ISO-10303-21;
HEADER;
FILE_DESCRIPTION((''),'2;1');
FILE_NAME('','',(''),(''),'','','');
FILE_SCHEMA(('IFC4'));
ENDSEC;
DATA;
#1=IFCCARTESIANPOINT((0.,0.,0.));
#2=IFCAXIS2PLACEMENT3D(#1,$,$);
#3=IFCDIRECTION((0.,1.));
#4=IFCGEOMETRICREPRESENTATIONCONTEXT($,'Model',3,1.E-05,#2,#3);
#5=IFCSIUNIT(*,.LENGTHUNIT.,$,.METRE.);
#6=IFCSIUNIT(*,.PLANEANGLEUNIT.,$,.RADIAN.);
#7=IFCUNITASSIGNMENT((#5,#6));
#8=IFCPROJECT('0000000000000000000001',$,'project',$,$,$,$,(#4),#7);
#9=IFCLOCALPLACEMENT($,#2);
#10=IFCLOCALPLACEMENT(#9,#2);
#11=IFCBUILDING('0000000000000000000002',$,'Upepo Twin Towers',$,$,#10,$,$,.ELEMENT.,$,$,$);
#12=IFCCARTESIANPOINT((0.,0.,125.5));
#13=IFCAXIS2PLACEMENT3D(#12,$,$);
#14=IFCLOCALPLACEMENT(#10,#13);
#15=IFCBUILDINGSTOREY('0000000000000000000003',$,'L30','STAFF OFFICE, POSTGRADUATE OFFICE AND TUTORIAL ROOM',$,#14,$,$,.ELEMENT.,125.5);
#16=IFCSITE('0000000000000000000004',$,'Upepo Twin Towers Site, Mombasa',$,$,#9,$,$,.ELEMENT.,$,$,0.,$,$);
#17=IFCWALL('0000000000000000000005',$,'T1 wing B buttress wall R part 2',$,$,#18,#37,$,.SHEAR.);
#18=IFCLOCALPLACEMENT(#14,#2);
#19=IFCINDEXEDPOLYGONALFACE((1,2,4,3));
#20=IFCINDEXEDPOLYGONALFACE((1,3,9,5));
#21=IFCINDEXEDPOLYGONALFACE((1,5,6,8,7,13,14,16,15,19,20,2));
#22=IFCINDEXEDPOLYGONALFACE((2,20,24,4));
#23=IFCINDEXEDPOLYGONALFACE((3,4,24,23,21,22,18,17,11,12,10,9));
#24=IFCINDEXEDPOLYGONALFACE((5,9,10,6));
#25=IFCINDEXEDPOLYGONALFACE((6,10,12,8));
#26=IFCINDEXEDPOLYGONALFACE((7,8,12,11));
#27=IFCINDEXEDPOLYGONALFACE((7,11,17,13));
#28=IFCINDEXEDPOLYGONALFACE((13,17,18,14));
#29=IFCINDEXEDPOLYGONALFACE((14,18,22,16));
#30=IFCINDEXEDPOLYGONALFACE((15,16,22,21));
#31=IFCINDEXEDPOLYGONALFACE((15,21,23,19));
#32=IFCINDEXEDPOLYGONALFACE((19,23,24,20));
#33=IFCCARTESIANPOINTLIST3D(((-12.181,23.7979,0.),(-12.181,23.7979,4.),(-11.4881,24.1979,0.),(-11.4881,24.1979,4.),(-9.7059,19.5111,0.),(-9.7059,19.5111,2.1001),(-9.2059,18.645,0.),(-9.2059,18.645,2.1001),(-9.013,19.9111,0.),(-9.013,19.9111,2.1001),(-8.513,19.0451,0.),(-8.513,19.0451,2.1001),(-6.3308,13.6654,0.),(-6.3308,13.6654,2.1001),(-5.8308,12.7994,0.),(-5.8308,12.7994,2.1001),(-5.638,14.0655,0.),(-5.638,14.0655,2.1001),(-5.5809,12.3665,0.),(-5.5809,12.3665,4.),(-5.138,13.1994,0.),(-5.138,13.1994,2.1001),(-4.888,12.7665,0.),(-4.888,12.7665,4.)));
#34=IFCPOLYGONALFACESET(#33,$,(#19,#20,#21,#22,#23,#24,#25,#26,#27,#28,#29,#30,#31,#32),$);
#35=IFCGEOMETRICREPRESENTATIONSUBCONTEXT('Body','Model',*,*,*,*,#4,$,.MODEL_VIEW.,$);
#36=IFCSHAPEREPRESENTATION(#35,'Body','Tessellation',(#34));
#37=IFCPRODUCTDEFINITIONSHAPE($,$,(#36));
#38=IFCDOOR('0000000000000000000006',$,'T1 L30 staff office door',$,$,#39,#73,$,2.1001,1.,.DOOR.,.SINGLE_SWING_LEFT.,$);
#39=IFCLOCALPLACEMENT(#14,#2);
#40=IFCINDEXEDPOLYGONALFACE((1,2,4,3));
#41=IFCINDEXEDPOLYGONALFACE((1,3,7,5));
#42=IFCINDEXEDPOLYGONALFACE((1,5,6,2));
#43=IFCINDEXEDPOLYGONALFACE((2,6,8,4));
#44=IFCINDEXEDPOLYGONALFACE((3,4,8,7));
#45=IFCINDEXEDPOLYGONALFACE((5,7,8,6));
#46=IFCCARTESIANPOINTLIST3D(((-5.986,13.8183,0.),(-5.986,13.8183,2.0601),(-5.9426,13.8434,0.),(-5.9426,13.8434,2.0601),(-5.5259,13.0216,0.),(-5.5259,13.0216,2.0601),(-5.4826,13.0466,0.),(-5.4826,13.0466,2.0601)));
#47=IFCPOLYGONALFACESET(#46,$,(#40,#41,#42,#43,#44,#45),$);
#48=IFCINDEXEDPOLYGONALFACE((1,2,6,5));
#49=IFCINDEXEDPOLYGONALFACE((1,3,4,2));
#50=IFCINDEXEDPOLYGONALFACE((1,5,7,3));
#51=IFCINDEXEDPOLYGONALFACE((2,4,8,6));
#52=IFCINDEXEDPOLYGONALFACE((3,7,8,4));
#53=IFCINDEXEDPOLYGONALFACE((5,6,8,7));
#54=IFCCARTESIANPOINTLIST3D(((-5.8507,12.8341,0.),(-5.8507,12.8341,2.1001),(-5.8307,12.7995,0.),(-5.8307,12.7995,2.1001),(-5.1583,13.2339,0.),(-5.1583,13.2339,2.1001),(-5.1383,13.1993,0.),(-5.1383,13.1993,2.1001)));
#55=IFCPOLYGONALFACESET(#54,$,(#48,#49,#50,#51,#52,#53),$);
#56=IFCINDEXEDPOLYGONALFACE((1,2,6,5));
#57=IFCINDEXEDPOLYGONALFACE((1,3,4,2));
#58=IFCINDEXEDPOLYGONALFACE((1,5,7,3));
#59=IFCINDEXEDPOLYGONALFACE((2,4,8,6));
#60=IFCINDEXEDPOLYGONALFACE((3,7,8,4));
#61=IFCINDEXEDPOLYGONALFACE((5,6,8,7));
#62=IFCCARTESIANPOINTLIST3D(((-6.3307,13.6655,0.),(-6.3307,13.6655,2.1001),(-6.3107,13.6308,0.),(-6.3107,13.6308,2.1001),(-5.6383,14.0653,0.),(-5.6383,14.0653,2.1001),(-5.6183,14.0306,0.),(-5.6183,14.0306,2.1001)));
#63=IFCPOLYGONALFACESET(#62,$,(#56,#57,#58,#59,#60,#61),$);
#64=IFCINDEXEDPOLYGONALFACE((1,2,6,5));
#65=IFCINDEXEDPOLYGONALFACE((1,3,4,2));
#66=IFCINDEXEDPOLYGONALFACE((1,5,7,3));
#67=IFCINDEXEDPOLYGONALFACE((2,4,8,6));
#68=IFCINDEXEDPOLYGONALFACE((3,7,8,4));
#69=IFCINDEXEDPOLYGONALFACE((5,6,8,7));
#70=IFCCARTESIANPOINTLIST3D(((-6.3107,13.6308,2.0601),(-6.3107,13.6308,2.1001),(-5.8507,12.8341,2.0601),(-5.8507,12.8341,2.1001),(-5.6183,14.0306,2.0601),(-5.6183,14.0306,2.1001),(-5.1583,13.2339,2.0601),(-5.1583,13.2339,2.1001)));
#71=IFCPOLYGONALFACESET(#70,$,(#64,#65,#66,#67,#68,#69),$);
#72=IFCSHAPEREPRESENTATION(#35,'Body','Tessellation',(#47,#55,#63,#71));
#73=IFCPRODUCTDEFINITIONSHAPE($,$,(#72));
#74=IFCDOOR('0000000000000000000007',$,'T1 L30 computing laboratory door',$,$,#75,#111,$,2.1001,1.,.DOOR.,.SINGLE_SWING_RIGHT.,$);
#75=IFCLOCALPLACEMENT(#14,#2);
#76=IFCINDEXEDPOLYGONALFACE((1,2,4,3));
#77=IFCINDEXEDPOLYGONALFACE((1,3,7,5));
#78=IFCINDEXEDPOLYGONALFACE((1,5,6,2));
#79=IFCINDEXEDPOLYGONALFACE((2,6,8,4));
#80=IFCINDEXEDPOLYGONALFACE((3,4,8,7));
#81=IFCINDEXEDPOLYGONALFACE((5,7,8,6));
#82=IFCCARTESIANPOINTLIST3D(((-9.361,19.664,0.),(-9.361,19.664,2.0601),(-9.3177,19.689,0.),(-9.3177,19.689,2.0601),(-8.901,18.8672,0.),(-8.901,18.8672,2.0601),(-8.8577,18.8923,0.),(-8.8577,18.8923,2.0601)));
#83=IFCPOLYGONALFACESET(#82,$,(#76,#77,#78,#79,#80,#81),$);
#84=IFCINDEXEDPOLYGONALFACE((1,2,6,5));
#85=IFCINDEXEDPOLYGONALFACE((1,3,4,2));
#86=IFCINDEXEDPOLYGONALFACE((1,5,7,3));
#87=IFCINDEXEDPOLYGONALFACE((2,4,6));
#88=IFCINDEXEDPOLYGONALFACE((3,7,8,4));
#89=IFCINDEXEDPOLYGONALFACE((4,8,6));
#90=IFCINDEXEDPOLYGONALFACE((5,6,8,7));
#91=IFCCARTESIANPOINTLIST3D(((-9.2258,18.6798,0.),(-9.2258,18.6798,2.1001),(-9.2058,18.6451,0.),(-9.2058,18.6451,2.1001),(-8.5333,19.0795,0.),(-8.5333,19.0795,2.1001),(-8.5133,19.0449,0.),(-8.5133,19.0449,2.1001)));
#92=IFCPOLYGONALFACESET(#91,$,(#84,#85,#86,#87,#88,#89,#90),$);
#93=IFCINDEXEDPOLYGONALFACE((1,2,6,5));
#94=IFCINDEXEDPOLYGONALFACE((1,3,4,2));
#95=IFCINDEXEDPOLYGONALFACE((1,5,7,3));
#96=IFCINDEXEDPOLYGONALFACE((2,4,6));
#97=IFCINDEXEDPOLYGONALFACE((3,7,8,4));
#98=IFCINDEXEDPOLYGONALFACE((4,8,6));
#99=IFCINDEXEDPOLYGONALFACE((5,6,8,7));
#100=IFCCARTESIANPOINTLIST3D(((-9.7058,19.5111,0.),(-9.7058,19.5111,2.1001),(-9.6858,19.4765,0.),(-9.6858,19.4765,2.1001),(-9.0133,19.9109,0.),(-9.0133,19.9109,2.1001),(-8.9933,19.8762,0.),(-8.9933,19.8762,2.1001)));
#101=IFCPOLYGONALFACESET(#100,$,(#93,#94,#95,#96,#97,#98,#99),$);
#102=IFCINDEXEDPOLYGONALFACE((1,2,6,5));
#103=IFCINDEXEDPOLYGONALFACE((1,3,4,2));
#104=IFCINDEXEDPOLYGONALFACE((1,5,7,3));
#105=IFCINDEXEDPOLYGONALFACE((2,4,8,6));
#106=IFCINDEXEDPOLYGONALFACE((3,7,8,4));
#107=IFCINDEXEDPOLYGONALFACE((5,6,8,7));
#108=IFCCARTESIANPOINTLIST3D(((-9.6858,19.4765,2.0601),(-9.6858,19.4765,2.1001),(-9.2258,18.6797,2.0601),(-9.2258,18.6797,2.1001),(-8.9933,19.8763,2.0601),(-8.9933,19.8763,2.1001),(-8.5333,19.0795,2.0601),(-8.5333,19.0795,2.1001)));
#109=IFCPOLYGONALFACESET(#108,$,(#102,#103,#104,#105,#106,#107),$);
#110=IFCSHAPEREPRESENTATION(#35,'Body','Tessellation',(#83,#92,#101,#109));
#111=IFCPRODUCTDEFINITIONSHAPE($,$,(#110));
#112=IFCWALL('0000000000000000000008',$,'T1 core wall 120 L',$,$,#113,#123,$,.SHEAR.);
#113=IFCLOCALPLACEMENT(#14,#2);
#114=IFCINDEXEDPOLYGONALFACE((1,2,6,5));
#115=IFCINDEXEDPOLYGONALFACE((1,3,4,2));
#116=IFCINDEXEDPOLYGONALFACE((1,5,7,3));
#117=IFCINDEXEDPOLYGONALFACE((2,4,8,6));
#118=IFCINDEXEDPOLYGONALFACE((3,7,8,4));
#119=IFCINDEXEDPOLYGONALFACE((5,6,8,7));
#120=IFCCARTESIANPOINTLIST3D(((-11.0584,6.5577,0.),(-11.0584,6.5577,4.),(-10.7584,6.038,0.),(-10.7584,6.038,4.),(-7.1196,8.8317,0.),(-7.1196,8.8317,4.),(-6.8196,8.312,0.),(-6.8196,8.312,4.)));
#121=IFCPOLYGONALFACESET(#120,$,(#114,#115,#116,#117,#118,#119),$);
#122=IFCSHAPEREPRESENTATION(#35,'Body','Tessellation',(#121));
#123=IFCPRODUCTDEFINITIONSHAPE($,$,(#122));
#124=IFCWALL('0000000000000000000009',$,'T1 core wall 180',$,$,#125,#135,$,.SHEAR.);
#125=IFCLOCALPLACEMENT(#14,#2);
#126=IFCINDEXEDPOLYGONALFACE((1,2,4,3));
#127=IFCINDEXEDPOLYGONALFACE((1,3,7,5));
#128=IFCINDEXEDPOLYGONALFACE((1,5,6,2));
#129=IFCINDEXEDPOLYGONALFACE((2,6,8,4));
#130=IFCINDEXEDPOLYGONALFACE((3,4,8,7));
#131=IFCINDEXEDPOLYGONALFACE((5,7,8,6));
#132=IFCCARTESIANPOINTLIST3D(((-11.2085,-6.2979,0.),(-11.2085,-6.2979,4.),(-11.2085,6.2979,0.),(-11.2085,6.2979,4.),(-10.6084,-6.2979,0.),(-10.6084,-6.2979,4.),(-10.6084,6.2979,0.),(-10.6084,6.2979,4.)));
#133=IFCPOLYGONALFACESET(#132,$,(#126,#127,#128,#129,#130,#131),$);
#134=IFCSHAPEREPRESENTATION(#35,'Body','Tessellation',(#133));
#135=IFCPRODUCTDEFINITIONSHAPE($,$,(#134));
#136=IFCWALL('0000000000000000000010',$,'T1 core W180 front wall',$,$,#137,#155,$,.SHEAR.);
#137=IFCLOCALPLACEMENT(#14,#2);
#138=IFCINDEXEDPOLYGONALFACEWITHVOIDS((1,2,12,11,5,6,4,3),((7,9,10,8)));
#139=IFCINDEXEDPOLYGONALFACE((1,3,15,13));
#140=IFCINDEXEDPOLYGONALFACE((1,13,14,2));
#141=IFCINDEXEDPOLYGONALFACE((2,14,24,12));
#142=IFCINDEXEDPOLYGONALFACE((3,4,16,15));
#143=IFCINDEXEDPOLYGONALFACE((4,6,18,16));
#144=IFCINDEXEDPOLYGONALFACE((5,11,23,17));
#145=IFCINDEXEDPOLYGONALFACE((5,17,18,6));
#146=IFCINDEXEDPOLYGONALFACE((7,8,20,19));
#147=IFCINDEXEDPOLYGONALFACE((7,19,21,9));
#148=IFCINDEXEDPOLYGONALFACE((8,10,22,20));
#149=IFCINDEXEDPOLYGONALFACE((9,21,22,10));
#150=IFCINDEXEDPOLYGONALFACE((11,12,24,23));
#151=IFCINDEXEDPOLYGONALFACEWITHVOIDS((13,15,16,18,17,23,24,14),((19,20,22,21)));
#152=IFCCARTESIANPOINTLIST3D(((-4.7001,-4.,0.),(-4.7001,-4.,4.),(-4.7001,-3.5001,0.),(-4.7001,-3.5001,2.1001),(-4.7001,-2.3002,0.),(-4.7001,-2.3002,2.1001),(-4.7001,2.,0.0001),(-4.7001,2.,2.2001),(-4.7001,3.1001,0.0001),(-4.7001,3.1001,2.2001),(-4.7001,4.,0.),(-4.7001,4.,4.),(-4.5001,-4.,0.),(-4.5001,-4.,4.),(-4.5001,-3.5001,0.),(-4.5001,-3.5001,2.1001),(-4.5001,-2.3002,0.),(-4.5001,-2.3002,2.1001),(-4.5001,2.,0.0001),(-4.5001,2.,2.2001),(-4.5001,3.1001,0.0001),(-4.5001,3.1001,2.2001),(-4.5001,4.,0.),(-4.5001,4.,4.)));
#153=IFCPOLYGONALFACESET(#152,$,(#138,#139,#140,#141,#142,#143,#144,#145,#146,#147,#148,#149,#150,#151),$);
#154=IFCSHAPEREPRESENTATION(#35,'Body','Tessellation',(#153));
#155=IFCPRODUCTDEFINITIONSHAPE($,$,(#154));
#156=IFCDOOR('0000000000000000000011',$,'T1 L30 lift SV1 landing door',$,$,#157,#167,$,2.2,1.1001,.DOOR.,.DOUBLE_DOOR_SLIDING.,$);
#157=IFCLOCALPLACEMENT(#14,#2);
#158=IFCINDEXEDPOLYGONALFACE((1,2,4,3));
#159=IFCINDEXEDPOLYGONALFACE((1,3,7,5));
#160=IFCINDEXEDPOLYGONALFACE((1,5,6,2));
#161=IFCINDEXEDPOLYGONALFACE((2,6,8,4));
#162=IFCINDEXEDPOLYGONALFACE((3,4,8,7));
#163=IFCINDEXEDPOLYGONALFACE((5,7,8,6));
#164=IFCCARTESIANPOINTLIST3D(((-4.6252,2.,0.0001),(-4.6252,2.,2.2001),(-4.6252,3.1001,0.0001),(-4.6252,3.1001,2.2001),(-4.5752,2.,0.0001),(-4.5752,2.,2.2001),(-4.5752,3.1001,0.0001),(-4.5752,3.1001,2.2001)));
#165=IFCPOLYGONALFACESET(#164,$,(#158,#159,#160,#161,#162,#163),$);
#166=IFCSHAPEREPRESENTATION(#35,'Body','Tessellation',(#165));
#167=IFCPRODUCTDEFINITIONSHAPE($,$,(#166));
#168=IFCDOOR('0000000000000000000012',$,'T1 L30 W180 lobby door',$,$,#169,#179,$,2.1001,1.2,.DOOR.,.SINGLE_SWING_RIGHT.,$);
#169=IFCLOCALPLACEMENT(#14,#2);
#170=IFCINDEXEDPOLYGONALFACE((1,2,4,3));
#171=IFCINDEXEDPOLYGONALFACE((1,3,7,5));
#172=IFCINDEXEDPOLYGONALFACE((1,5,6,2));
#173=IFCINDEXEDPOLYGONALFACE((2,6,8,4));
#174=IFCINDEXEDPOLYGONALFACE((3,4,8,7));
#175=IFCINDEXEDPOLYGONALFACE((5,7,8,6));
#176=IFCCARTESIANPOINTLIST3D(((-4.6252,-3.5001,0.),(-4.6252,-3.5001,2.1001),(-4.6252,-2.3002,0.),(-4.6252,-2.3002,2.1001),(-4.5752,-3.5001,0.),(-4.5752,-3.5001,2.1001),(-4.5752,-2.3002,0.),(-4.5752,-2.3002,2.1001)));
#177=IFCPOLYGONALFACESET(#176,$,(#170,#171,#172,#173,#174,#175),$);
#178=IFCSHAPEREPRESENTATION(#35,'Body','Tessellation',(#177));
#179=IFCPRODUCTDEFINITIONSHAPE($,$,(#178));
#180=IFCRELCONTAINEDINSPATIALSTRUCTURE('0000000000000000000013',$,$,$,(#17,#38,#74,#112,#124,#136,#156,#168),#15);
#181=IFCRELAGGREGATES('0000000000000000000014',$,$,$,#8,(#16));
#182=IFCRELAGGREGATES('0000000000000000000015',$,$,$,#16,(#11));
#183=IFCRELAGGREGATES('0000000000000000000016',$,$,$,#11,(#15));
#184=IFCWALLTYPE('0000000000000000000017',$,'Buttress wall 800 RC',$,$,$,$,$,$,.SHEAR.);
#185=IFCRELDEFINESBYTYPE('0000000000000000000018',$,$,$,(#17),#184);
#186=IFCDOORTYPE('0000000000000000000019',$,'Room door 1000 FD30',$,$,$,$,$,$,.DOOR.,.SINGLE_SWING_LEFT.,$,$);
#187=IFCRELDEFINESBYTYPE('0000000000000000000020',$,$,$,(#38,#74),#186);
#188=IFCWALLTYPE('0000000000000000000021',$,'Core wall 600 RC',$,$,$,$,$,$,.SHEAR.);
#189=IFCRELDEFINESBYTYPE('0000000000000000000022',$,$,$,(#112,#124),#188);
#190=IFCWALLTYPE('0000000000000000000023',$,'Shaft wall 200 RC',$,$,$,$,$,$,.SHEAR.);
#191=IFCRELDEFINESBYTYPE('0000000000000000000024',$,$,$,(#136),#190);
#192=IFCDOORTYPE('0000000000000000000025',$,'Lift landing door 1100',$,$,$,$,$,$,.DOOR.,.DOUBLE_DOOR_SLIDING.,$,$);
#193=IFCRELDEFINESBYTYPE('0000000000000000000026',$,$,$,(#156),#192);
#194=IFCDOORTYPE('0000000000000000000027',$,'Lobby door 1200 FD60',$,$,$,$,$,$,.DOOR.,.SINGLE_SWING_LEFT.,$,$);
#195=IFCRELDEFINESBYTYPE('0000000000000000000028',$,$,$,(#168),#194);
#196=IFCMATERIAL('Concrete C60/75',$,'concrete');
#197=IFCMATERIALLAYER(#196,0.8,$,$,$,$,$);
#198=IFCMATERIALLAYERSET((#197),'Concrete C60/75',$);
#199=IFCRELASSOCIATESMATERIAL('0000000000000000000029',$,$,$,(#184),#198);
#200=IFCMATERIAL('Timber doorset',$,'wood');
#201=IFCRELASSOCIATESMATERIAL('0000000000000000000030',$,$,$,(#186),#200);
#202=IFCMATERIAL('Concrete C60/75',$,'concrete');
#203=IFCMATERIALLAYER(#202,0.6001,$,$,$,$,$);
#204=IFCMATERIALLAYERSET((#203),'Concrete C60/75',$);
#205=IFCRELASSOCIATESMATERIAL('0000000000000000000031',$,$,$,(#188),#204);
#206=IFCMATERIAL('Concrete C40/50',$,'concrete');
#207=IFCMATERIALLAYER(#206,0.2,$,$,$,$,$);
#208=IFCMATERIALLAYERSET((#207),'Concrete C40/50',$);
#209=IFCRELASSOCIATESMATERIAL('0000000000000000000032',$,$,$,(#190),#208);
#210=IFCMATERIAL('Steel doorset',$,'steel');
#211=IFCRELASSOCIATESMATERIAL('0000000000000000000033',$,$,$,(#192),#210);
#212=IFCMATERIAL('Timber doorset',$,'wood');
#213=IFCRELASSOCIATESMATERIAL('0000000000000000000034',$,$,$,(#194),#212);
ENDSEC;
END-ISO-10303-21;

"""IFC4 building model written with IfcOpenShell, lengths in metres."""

from ifc_helpers import new_model, si_unit, direction, frame, frame_2d, origin, place, context, subcontext, project, spatial, rectangle, extrude, material, layer, layer_set, type_object, element, fill, save


model = new_model("IFC4")

# Units and contexts
model_context = context("Model", 3, precision=1e-05, world=origin(), true_north=direction((0.0, 1.0)))
body_context = subcontext(model_context, "Body", "Model", "MODEL_VIEW")
ifc_project = project(units=[si_unit("LENGTHUNIT", "METRE"), si_unit("PLANEANGLEUNIT", "RADIAN")], contexts=[model_context])

# Site, building, storey
site_placement = place(None, origin())
site = spatial("IfcSite", under=ifc_project, at=site_placement, Name="Upepo Twin Towers Site, Mombasa", CompositionType="ELEMENT", RefElevation=0.0)
building_placement = place(site_placement, origin())
building = spatial("IfcBuilding", under=site, at=building_placement, Name="Upepo Twin Towers", CompositionType="ELEMENT")
storey_placement = place(building_placement, frame((0.0, 0.0, 125.5)))
storey = spatial("IfcBuildingStorey", under=building, at=storey_placement, Name="L30", Description="STAFF OFFICE, POSTGRADUATE OFFICE AND TUTORIAL ROOM", CompositionType="ELEMENT", Elevation=125.5)

# Wall, openings, doors
ifc_material_1 = material(Name="Concrete C60/75", Category="concrete")
ifc_layer_1 = layer(ifc_material_1, 0.8)
ifc_layer_set_1 = layer_set([ifc_layer_1], Name="Concrete C60/75")
wall_type_1 = type_object("IfcWallType", Name="Buttress wall 800 RC", PredefinedType="SHEAR", material=ifc_layer_set_1)
ifc_material_2 = material(Name="Timber doorset", Category="wood")
door_type_1 = type_object("IfcDoorType", Name="Room door 1000 FD30", OperationType="SINGLE_SWING_LEFT", PredefinedType="DOOR", material=ifc_material_2)
wall_1_placement = place(storey_placement, frame((-5.2344, 12.5664, 0.0), z_axis=(0.0, 0.0, 1.0), x_axis=(-0.50001, 0.86602, 0.0)))
wall_1 = element("IfcWall", 1, at=wall_1_placement, inside=storey, type_object=wall_type_1, Name="T1 wing B buttress wall R part 2", PredefinedType="SHEAR", context=body_context, shape_type="SweptSolid", body=[
    extrude(rectangle(XDim=13.2, YDim=0.8, at=frame_2d((6.6001, 0.0))), origin(), (0.0, 0.0, 1.0), 4.0),
])
opening_1_placement = place(wall_1_placement, frame((0.5, 0.0, 0.0)))
opening_1 = element("IfcOpeningElement", 2, at=opening_1_placement, cuts=wall_1, PredefinedType="OPENING", context=body_context, shape_type="SweptSolid", body=[
    extrude(rectangle(XDim=1.0, YDim=2.1001, at=frame_2d((0.5, 1.05))), frame((0.0, 0.4099, 0.0), z_axis=(0.0, -1.0, 0.0), x_axis=(1.0, 0.0, 0.0)), (0.0, 0.0, 1.0), 0.8201),
])
opening_2_placement = place(wall_1_placement, frame((7.25, 0.0, 0.0)))
opening_2 = element("IfcOpeningElement", 3, at=opening_2_placement, cuts=wall_1, PredefinedType="OPENING", context=body_context, shape_type="SweptSolid", body=[
    extrude(rectangle(XDim=1.0, YDim=2.1001, at=frame_2d((0.5, 1.05))), frame((0.0, 0.4099, 0.0), z_axis=(0.0, -1.0, 0.0), x_axis=(1.0, 0.0, 0.0)), (0.0, 0.0, 1.0), 0.8201),
])
door_1_placement = place(opening_1_placement, origin())
door_1 = element("IfcDoor", 4, at=door_1_placement, inside=storey, type_object=door_type_1, Name="T1 L30 staff office door", OperationType="SINGLE_SWING_LEFT", OverallHeight=2.1001, OverallWidth=1.0, PredefinedType="DOOR", context=body_context, shape_type="SweptSolid", body=[
    extrude(rectangle(XDim=0.92, YDim=2.0601, at=frame_2d((0.5, 1.03))), frame((0.0, 0.0249, 0.0), z_axis=(0.0, -1.0, 0.0), x_axis=(1.0, 0.0, 0.0)), (0.0, 0.0, 1.0), 0.05),
    extrude(rectangle(XDim=0.04, YDim=2.1001, at=frame_2d((0.02, 1.05))), frame((0.0, 0.3999, 0.0), z_axis=(0.0, -1.0, 0.0), x_axis=(1.0, 0.0, 0.0)), (0.0, 0.0, 1.0), 0.7996),
    extrude(rectangle(XDim=0.04, YDim=2.1001, at=frame_2d((0.98, 1.05))), frame((0.0, 0.3999, 0.0), z_axis=(0.0, -1.0, 0.0), x_axis=(1.0, 0.0, 0.0)), (0.0, 0.0, 1.0), 0.7996),
    extrude(rectangle(XDim=0.92, YDim=0.04, at=frame_2d((0.5, 2.0801))), frame((0.0, 0.3999, 0.0), z_axis=(0.0, -1.0, 0.0), x_axis=(1.0, 0.0, 0.0)), (0.0, 0.0, 1.0), 0.7996),
])
fill(opening_1, door_1)
door_2_placement = place(opening_2_placement, origin())
door_2 = element("IfcDoor", 5, at=door_2_placement, inside=storey, type_object=door_type_1, Name="T1 L30 computing laboratory door", OperationType="SINGLE_SWING_RIGHT", OverallHeight=2.1001, OverallWidth=1.0, PredefinedType="DOOR", context=body_context, shape_type="SweptSolid", body=[
    extrude(rectangle(XDim=0.92, YDim=2.0601, at=frame_2d((0.5, 1.03))), frame((0.0, 0.0249, 0.0), z_axis=(0.0, -1.0, 0.0), x_axis=(1.0, 0.0, 0.0)), (0.0, 0.0, 1.0), 0.05),
    extrude(rectangle(XDim=0.04, YDim=2.1001, at=frame_2d((0.02, 1.05))), frame((0.0, 0.3999, 0.0), z_axis=(0.0, -1.0, 0.0), x_axis=(1.0, 0.0, 0.0)), (0.0, 0.0, 1.0), 0.7996),
    extrude(rectangle(XDim=0.04, YDim=2.1001, at=frame_2d((0.98, 1.05))), frame((0.0, 0.3999, 0.0), z_axis=(0.0, -1.0, 0.0), x_axis=(1.0, 0.0, 0.0)), (0.0, 0.0, 1.0), 0.7996),
    extrude(rectangle(XDim=0.92, YDim=0.04, at=frame_2d((0.5, 2.0801))), frame((0.0, 0.3999, 0.0), z_axis=(0.0, -1.0, 0.0), x_axis=(1.0, 0.0, 0.0)), (0.0, 0.0, 1.0), 0.7996),
])
fill(opening_2, door_2)

# Walls
ifc_material_3 = material(Name="Concrete C60/75", Category="concrete")
ifc_layer_2 = layer(ifc_material_3, 0.6001)
ifc_layer_set_2 = layer_set([ifc_layer_2], Name="Concrete C60/75")
wall_type_2 = type_object("IfcWallType", Name="Core wall 600 RC", PredefinedType="SHEAR", material=ifc_layer_set_2)
wall_2_placement = place(storey_placement, frame((-6.9697, 8.5718, 0.0), z_axis=(0.0, 0.0, 1.0), x_axis=(-0.866035, -0.499984, 0.0)))
element("IfcWall", 6, at=wall_2_placement, inside=storey, type_object=wall_type_2, Name="T1 core wall 120 L", PredefinedType="SHEAR", context=body_context, shape_type="SweptSolid", body=[
    extrude(rectangle(XDim=4.5481, YDim=0.6001, at=frame_2d((2.2739, 0.0))), origin(), (0.0, 0.0, 1.0), 4.0),
])
wall_3_placement = place(storey_placement, frame((-10.9084, 6.2979, 0.0), z_axis=(0.0, 0.0, 1.0), x_axis=(0.0, -1.0, 0.0)))
element("IfcWall", 7, at=wall_3_placement, inside=storey, type_object=wall_type_2, Name="T1 core wall 180", PredefinedType="SHEAR", context=body_context, shape_type="SweptSolid", body=[
    extrude(rectangle(XDim=12.5957, YDim=0.6001, at=frame_2d((6.2979, 0.0))), origin(), (0.0, 0.0, 1.0), 4.0),
])

# Wall, openings, doors
ifc_material_4 = material(Name="Concrete C40/50", Category="concrete")
ifc_layer_3 = layer(ifc_material_4, 0.2)
ifc_layer_set_3 = layer_set([ifc_layer_3], Name="Concrete C40/50")
wall_type_3 = type_object("IfcWallType", Name="Shaft wall 200 RC", PredefinedType="SHEAR", material=ifc_layer_set_3)
wall_4_placement = place(storey_placement, frame((-4.6001, 4.0, 0.0), z_axis=(0.0, 0.0, 1.0), x_axis=(0.0, -1.0, 0.0)))
wall_4 = element("IfcWall", 8, at=wall_4_placement, inside=storey, type_object=wall_type_3, Name="T1 core W180 front wall", PredefinedType="SHEAR", context=body_context, shape_type="SweptSolid", body=[
    extrude(rectangle(XDim=8.0, YDim=0.2, at=frame_2d((4.0, 0.0))), origin(), (0.0, 0.0, 1.0), 4.0),
])
opening_3_placement = place(wall_4_placement, frame((6.3, 0.0, 0.0)))
opening_3 = element("IfcOpeningElement", 9, at=opening_3_placement, cuts=wall_4, PredefinedType="OPENING", context=body_context, shape_type="SweptSolid", body=[
    extrude(rectangle(XDim=1.2, YDim=2.1001, at=frame_2d((0.6001, 1.05))), frame((0.0, 0.1099, 0.0), z_axis=(0.0, -1.0, 0.0), x_axis=(1.0, 0.0, 0.0)), (0.0, 0.0, 1.0), 0.22),
])
opening_4_placement = place(wall_4_placement, frame((0.8999, 0.0, 0.0)))
opening_4 = element("IfcOpeningElement", 10, at=opening_4_placement, cuts=wall_4, PredefinedType="OPENING", context=body_context, shape_type="SweptSolid", body=[
    extrude(rectangle(XDim=1.1001, YDim=2.2, at=frame_2d((0.55, 1.1001))), frame((0.0, 0.1099, 0.0), z_axis=(0.0, -1.0, 0.0), x_axis=(1.0, 0.0, 0.0)), (0.0, 0.0, 1.0), 0.22),
])
ifc_material_5 = material(Name="Steel doorset", Category="steel")
door_type_2 = type_object("IfcDoorType", Name="Lift landing door 1100", OperationType="DOUBLE_DOOR_SLIDING", PredefinedType="DOOR", material=ifc_material_5)
door_3_placement = place(opening_4_placement, origin())
door_3 = element("IfcDoor", 11, at=door_3_placement, inside=storey, type_object=door_type_2, Name="T1 L30 lift SV1 landing door", OperationType="DOUBLE_DOOR_SLIDING", OverallHeight=2.2, OverallWidth=1.1001, PredefinedType="DOOR", context=body_context, shape_type="SweptSolid", body=[
    extrude(rectangle(XDim=1.1001, YDim=2.2, at=frame_2d((0.55, 1.1001))), frame((0.0, 0.0249, 0.0), z_axis=(0.0, -1.0, 0.0), x_axis=(1.0, 0.0, 0.0)), (0.0, 0.0, 1.0), 0.05),
])
fill(opening_4, door_3)
ifc_material_6 = material(Name="Timber doorset", Category="wood")
door_type_3 = type_object("IfcDoorType", Name="Lobby door 1200 FD60", OperationType="SINGLE_SWING_LEFT", PredefinedType="DOOR", material=ifc_material_6)
door_4_placement = place(opening_3_placement, origin())
door_4 = element("IfcDoor", 12, at=door_4_placement, inside=storey, type_object=door_type_3, Name="T1 L30 W180 lobby door", OperationType="SINGLE_SWING_RIGHT", OverallHeight=2.1001, OverallWidth=1.2, PredefinedType="DOOR", context=body_context, shape_type="SweptSolid", body=[
    extrude(rectangle(XDim=1.2, YDim=2.1001, at=frame_2d((0.6001, 1.05))), frame((0.0, 0.0249, 0.0), z_axis=(0.0, -1.0, 0.0), x_axis=(1.0, 0.0, 0.0)), (0.0, 0.0, 1.0), 0.05),
])
fill(opening_3, door_4)

save(model, "model.ifc")
